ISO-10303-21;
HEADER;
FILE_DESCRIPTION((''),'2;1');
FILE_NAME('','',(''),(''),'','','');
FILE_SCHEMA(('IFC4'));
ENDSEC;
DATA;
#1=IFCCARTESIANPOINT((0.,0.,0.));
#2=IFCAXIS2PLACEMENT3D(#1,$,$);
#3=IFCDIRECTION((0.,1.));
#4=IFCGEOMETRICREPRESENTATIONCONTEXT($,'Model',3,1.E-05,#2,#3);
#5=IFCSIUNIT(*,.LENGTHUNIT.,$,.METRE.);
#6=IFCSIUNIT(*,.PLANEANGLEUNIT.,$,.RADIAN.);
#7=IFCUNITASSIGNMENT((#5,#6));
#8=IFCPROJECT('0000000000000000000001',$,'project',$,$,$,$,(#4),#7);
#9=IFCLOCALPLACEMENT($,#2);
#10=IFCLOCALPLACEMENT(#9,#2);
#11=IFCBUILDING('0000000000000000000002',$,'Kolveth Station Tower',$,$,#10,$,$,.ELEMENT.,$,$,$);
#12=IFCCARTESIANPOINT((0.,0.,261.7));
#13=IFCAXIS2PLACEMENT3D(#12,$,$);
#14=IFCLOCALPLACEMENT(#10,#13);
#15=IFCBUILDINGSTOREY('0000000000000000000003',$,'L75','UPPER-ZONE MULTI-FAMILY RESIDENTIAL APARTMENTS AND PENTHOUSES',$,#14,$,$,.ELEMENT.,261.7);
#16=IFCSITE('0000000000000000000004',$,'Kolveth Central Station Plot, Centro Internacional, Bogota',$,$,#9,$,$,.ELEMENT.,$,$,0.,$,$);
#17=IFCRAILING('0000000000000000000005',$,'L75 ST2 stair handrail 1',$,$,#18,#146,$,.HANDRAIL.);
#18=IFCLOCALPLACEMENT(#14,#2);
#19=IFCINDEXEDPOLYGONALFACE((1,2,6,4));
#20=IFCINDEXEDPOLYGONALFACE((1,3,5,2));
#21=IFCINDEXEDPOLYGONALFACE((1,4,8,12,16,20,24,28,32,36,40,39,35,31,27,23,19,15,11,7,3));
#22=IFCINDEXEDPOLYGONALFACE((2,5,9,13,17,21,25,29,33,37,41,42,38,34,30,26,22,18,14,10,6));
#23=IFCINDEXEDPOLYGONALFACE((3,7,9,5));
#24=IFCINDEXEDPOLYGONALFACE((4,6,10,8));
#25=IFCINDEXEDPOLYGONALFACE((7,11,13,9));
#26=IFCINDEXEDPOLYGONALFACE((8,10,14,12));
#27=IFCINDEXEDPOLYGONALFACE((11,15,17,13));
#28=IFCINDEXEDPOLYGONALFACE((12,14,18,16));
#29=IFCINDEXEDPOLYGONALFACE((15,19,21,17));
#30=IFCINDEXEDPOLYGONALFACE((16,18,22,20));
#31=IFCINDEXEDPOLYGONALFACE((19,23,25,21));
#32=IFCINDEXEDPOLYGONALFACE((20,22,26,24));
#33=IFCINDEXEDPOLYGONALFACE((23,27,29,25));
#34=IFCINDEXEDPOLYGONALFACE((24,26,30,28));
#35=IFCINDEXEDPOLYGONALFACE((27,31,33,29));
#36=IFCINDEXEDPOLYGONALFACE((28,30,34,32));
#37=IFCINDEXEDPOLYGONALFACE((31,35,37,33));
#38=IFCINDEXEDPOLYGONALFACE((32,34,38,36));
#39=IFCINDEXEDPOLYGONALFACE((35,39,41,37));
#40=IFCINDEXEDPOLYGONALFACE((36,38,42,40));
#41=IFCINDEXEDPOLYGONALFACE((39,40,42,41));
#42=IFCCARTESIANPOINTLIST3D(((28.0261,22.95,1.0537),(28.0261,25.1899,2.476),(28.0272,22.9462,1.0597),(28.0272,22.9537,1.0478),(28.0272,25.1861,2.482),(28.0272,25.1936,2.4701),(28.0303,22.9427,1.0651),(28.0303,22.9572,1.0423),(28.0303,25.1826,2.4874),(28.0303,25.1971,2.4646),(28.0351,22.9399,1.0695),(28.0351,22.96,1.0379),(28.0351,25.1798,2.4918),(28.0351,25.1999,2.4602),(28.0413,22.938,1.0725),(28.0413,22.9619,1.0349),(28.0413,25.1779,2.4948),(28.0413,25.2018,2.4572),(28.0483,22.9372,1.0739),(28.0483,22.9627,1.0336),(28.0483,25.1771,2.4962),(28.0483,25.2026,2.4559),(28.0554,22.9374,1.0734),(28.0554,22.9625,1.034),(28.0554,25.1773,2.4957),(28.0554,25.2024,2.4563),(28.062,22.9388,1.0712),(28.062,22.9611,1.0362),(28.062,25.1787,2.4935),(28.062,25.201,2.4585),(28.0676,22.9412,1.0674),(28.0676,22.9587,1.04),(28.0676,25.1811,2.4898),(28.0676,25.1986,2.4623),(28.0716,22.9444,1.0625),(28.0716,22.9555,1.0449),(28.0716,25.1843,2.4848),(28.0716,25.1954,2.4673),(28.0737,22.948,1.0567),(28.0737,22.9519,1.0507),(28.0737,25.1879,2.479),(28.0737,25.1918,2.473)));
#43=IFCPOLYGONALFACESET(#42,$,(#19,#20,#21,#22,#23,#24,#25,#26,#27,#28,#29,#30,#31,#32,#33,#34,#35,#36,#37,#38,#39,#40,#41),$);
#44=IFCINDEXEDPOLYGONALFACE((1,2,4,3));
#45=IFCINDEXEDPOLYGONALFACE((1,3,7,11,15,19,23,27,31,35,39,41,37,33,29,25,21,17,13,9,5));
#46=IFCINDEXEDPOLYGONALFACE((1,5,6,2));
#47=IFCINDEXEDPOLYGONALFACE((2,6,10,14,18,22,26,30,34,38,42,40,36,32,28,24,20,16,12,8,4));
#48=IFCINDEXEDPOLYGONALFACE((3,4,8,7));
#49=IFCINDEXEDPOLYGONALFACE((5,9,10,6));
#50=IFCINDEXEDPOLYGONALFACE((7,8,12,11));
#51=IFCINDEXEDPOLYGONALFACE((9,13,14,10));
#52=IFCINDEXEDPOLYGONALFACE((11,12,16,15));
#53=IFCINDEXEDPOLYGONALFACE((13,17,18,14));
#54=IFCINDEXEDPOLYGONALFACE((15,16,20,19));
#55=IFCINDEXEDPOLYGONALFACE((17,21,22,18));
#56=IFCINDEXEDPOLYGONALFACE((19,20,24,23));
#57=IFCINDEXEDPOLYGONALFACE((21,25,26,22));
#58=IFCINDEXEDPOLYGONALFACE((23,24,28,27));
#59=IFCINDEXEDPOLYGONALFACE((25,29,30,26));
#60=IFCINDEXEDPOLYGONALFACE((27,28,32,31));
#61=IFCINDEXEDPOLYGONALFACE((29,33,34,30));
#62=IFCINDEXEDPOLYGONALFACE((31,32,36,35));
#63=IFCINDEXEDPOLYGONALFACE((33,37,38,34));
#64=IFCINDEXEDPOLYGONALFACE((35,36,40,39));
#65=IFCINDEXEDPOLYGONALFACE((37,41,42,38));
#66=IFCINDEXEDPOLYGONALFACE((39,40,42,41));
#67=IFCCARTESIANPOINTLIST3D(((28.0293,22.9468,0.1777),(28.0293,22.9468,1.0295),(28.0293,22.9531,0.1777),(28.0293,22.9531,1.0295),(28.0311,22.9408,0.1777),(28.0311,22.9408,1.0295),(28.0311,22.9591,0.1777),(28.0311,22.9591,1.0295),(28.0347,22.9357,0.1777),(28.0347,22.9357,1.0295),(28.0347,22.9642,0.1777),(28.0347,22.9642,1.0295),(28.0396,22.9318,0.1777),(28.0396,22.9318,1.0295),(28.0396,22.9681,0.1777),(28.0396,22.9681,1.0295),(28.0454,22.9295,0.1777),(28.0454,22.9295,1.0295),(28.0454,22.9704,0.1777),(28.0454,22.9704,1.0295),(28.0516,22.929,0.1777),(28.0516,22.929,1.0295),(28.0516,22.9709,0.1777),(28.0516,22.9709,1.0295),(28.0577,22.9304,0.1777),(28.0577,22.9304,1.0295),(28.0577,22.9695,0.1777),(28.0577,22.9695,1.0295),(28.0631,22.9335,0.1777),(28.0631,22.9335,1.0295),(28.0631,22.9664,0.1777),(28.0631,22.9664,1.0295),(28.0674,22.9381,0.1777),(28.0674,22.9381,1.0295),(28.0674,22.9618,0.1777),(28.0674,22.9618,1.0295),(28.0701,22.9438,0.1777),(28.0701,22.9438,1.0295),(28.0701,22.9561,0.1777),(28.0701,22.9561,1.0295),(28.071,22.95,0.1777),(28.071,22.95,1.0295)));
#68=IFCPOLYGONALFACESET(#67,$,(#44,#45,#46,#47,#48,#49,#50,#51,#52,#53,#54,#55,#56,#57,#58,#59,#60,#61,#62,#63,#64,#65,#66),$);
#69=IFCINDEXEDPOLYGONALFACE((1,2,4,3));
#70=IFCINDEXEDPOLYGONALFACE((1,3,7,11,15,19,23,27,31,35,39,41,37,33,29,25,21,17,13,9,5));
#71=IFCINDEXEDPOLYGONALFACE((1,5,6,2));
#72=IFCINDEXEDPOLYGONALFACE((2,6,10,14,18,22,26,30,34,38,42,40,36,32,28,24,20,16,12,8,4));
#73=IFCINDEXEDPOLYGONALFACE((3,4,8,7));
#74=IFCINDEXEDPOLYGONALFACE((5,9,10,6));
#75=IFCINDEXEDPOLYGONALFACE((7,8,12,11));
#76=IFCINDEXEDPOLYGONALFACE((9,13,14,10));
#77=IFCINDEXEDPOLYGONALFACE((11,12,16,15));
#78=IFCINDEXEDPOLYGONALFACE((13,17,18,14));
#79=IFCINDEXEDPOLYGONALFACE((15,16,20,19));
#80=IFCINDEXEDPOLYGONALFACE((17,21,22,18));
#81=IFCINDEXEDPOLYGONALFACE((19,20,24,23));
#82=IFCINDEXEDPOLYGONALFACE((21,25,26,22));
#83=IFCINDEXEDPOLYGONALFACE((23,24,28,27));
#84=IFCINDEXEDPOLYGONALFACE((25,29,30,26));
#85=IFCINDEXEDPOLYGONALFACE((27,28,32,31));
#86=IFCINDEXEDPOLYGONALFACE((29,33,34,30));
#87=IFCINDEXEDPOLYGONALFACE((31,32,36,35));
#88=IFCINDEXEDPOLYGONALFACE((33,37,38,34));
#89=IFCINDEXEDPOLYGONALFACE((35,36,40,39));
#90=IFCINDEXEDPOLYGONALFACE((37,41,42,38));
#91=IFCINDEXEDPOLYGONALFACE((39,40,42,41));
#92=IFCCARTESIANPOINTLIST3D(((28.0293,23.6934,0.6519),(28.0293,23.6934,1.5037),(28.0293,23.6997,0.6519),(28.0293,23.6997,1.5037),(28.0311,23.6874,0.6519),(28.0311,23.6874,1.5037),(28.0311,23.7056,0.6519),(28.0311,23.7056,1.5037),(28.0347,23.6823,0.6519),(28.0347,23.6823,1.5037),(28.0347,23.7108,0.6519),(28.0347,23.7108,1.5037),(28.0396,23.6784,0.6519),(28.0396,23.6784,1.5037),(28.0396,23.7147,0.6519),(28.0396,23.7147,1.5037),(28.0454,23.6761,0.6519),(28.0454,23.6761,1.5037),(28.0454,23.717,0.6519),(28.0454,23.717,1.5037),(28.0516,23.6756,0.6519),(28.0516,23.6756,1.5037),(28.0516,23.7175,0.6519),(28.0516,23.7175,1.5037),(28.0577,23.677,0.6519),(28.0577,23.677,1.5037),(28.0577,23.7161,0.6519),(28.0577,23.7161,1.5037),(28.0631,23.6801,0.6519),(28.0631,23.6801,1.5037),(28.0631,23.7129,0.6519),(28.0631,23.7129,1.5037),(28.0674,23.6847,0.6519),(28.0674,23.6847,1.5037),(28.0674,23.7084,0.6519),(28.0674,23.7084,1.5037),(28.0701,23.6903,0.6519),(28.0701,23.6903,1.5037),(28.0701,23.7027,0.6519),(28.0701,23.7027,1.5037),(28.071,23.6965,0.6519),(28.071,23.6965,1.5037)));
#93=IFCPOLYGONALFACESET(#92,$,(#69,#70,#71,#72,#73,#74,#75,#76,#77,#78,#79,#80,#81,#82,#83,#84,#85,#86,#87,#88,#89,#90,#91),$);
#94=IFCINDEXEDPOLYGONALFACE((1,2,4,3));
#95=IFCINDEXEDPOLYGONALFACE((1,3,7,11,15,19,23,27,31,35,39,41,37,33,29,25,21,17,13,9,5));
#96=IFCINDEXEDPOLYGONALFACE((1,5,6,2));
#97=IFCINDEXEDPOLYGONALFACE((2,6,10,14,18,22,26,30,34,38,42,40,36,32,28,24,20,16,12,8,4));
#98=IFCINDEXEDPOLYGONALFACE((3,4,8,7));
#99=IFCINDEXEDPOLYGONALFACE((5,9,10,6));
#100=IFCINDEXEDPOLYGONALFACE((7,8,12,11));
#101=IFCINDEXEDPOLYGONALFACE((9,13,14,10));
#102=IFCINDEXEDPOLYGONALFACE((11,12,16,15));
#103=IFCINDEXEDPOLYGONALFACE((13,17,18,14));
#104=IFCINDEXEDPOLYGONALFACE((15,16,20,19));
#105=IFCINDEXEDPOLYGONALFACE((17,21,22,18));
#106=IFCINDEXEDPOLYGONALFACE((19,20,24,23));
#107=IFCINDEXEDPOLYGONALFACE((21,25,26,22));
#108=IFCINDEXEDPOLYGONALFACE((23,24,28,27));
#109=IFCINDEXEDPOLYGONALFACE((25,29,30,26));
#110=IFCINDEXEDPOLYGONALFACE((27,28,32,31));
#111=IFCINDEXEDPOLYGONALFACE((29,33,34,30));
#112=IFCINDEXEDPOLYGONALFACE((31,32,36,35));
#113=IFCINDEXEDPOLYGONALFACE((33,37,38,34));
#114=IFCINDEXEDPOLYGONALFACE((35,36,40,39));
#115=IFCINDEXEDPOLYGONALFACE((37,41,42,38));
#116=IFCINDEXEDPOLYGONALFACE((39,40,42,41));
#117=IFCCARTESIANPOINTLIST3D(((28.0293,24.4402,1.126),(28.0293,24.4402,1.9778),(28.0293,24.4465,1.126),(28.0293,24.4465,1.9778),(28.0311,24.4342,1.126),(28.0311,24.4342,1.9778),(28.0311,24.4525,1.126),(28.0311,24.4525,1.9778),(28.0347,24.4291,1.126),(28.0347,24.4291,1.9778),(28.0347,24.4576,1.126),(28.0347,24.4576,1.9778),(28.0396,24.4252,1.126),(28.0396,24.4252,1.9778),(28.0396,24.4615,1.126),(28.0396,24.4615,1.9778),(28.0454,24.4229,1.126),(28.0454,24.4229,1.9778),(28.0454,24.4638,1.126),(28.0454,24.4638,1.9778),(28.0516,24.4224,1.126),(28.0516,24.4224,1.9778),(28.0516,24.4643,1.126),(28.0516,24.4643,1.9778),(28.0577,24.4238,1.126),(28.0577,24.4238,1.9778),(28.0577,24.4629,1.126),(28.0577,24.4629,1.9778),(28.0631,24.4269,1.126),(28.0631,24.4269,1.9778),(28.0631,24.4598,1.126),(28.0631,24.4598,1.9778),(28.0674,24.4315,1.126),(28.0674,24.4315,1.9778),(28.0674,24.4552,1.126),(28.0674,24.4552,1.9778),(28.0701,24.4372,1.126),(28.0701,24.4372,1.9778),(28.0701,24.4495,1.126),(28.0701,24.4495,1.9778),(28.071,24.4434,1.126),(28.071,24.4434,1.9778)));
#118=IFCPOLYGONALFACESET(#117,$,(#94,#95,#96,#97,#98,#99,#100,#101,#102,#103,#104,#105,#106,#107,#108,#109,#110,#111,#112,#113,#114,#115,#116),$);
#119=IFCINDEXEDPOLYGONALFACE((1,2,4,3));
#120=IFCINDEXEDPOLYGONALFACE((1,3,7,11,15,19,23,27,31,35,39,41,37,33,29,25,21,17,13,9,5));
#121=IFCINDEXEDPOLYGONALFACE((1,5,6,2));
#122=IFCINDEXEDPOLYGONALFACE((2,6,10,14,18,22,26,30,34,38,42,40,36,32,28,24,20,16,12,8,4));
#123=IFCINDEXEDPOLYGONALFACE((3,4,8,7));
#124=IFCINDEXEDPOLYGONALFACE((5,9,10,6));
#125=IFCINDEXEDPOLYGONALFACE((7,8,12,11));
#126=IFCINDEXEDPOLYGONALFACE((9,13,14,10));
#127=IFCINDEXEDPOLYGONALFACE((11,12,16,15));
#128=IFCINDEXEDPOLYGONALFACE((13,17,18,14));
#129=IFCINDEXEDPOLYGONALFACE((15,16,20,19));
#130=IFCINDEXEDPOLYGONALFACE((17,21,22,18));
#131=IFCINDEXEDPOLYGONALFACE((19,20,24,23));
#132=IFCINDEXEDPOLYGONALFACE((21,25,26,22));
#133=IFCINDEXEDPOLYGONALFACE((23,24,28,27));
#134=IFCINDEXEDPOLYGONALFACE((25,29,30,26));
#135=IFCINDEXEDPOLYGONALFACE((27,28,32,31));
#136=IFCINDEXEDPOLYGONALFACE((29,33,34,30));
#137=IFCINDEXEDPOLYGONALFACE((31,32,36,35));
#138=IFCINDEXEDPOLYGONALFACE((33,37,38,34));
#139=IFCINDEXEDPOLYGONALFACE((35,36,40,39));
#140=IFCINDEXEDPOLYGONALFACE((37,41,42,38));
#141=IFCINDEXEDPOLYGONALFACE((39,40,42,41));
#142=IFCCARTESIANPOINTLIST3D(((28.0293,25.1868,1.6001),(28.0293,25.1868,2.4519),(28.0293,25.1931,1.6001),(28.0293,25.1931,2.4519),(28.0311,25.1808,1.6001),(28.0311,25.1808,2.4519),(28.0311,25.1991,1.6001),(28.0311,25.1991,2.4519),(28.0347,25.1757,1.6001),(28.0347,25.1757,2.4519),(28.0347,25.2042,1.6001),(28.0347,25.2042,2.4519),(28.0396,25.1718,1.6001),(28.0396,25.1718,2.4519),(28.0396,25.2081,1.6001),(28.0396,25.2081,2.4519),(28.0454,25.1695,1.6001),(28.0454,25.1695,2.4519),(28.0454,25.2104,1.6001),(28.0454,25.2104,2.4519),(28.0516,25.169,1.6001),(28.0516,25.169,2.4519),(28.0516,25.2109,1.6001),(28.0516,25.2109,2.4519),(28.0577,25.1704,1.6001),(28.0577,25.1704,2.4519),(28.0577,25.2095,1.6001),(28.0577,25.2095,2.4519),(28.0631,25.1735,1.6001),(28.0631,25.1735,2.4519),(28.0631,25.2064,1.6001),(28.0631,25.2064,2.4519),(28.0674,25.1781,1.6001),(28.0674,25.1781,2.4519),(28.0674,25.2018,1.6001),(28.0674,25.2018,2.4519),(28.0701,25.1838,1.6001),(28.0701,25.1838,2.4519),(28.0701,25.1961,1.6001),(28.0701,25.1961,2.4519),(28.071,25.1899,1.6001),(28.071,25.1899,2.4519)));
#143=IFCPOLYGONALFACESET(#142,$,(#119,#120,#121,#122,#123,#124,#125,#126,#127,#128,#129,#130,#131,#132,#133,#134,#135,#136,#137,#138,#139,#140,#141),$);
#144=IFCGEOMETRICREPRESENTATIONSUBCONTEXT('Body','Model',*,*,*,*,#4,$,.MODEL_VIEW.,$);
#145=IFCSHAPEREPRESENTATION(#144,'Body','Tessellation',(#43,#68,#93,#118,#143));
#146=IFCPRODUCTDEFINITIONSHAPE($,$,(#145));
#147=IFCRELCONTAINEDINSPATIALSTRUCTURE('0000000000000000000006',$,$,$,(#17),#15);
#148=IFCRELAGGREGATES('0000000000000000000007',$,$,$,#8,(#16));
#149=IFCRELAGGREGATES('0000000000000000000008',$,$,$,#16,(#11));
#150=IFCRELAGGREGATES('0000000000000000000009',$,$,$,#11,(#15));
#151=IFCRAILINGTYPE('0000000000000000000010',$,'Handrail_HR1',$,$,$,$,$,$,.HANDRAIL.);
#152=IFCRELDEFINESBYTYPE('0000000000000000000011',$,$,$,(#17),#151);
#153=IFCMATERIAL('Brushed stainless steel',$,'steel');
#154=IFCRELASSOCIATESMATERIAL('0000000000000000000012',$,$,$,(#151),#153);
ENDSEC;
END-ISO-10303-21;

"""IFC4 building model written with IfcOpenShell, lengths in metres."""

from ifc_helpers import new_model, si_unit, direction, frame, origin, origin_2d, place, context, subcontext, project, spatial, circle, extrude, material, type_object, element, save


model = new_model("IFC4")

# Units and contexts
model_context = context("Model", 3, precision=1e-05, world=origin(), true_north=direction((0.0, 1.0)))
body_context = subcontext(model_context, "Body", "Model", "MODEL_VIEW")
ifc_project = project(units=[si_unit("LENGTHUNIT", "METRE"), si_unit("PLANEANGLEUNIT", "RADIAN")], contexts=[model_context])

# Site, building, storey
site_placement = place(None, origin())
site = spatial("IfcSite", under=ifc_project, at=site_placement, Name="Kolveth Central Station Plot, Centro Internacional, Bogota", CompositionType="ELEMENT", RefElevation=0.0)
building_placement = place(site_placement, origin())
building = spatial("IfcBuilding", under=site, at=building_placement, Name="Kolveth Station Tower", CompositionType="ELEMENT")
storey_placement = place(building_placement, frame((0.0, 0.0, 261.7)))
storey = spatial("IfcBuildingStorey", under=building, at=storey_placement, Name="L75", Description="UPPER-ZONE MULTI-FAMILY RESIDENTIAL APARTMENTS AND PENTHOUSES", CompositionType="ELEMENT", Elevation=261.7)

# Railing
ifc_material_1 = material(Name="Brushed stainless steel", Category="steel")
railing_type_1 = type_object("IfcRailingType", Name="Handrail_HR1", PredefinedType="HANDRAIL", material=ifc_material_1)
for number, where, name in (
    (1, (28.05, 22.95, 0.1777), "L75 ST2 stair handrail 1"),
):
    element("IfcRailing", number, at=place(storey_placement, frame(where)), inside=storey, type_object=railing_type_1, Name=name, PredefinedType="HANDRAIL", context=body_context, shape_type="SweptSolid", body=[
        extrude(circle(Radius=0.0239, at=origin_2d()), frame((0.0, 0.0, 0.876), z_axis=(0.0, 0.844188, 0.536048), x_axis=(-1.0, 0.0, 0.0)), (0.0, 0.0, 1.0), 2.6533),
        extrude(circle(Radius=0.021, at=origin_2d()), origin(), (0.0, 0.0, 1.0), 0.8518),
        extrude(circle(Radius=0.021, at=origin_2d()), frame((0.0, 0.7466, 0.4741)), (0.0, 0.0, 1.0), 0.8518),
        extrude(circle(Radius=0.021, at=origin_2d()), frame((0.0, 1.4934, 0.9482)), (0.0, 0.0, 1.0), 0.8518),
        extrude(circle(Radius=0.021, at=origin_2d()), frame((0.0, 2.24, 1.4224)), (0.0, 0.0, 1.0), 0.8518),
    ])

save(model, "model.ifc")
